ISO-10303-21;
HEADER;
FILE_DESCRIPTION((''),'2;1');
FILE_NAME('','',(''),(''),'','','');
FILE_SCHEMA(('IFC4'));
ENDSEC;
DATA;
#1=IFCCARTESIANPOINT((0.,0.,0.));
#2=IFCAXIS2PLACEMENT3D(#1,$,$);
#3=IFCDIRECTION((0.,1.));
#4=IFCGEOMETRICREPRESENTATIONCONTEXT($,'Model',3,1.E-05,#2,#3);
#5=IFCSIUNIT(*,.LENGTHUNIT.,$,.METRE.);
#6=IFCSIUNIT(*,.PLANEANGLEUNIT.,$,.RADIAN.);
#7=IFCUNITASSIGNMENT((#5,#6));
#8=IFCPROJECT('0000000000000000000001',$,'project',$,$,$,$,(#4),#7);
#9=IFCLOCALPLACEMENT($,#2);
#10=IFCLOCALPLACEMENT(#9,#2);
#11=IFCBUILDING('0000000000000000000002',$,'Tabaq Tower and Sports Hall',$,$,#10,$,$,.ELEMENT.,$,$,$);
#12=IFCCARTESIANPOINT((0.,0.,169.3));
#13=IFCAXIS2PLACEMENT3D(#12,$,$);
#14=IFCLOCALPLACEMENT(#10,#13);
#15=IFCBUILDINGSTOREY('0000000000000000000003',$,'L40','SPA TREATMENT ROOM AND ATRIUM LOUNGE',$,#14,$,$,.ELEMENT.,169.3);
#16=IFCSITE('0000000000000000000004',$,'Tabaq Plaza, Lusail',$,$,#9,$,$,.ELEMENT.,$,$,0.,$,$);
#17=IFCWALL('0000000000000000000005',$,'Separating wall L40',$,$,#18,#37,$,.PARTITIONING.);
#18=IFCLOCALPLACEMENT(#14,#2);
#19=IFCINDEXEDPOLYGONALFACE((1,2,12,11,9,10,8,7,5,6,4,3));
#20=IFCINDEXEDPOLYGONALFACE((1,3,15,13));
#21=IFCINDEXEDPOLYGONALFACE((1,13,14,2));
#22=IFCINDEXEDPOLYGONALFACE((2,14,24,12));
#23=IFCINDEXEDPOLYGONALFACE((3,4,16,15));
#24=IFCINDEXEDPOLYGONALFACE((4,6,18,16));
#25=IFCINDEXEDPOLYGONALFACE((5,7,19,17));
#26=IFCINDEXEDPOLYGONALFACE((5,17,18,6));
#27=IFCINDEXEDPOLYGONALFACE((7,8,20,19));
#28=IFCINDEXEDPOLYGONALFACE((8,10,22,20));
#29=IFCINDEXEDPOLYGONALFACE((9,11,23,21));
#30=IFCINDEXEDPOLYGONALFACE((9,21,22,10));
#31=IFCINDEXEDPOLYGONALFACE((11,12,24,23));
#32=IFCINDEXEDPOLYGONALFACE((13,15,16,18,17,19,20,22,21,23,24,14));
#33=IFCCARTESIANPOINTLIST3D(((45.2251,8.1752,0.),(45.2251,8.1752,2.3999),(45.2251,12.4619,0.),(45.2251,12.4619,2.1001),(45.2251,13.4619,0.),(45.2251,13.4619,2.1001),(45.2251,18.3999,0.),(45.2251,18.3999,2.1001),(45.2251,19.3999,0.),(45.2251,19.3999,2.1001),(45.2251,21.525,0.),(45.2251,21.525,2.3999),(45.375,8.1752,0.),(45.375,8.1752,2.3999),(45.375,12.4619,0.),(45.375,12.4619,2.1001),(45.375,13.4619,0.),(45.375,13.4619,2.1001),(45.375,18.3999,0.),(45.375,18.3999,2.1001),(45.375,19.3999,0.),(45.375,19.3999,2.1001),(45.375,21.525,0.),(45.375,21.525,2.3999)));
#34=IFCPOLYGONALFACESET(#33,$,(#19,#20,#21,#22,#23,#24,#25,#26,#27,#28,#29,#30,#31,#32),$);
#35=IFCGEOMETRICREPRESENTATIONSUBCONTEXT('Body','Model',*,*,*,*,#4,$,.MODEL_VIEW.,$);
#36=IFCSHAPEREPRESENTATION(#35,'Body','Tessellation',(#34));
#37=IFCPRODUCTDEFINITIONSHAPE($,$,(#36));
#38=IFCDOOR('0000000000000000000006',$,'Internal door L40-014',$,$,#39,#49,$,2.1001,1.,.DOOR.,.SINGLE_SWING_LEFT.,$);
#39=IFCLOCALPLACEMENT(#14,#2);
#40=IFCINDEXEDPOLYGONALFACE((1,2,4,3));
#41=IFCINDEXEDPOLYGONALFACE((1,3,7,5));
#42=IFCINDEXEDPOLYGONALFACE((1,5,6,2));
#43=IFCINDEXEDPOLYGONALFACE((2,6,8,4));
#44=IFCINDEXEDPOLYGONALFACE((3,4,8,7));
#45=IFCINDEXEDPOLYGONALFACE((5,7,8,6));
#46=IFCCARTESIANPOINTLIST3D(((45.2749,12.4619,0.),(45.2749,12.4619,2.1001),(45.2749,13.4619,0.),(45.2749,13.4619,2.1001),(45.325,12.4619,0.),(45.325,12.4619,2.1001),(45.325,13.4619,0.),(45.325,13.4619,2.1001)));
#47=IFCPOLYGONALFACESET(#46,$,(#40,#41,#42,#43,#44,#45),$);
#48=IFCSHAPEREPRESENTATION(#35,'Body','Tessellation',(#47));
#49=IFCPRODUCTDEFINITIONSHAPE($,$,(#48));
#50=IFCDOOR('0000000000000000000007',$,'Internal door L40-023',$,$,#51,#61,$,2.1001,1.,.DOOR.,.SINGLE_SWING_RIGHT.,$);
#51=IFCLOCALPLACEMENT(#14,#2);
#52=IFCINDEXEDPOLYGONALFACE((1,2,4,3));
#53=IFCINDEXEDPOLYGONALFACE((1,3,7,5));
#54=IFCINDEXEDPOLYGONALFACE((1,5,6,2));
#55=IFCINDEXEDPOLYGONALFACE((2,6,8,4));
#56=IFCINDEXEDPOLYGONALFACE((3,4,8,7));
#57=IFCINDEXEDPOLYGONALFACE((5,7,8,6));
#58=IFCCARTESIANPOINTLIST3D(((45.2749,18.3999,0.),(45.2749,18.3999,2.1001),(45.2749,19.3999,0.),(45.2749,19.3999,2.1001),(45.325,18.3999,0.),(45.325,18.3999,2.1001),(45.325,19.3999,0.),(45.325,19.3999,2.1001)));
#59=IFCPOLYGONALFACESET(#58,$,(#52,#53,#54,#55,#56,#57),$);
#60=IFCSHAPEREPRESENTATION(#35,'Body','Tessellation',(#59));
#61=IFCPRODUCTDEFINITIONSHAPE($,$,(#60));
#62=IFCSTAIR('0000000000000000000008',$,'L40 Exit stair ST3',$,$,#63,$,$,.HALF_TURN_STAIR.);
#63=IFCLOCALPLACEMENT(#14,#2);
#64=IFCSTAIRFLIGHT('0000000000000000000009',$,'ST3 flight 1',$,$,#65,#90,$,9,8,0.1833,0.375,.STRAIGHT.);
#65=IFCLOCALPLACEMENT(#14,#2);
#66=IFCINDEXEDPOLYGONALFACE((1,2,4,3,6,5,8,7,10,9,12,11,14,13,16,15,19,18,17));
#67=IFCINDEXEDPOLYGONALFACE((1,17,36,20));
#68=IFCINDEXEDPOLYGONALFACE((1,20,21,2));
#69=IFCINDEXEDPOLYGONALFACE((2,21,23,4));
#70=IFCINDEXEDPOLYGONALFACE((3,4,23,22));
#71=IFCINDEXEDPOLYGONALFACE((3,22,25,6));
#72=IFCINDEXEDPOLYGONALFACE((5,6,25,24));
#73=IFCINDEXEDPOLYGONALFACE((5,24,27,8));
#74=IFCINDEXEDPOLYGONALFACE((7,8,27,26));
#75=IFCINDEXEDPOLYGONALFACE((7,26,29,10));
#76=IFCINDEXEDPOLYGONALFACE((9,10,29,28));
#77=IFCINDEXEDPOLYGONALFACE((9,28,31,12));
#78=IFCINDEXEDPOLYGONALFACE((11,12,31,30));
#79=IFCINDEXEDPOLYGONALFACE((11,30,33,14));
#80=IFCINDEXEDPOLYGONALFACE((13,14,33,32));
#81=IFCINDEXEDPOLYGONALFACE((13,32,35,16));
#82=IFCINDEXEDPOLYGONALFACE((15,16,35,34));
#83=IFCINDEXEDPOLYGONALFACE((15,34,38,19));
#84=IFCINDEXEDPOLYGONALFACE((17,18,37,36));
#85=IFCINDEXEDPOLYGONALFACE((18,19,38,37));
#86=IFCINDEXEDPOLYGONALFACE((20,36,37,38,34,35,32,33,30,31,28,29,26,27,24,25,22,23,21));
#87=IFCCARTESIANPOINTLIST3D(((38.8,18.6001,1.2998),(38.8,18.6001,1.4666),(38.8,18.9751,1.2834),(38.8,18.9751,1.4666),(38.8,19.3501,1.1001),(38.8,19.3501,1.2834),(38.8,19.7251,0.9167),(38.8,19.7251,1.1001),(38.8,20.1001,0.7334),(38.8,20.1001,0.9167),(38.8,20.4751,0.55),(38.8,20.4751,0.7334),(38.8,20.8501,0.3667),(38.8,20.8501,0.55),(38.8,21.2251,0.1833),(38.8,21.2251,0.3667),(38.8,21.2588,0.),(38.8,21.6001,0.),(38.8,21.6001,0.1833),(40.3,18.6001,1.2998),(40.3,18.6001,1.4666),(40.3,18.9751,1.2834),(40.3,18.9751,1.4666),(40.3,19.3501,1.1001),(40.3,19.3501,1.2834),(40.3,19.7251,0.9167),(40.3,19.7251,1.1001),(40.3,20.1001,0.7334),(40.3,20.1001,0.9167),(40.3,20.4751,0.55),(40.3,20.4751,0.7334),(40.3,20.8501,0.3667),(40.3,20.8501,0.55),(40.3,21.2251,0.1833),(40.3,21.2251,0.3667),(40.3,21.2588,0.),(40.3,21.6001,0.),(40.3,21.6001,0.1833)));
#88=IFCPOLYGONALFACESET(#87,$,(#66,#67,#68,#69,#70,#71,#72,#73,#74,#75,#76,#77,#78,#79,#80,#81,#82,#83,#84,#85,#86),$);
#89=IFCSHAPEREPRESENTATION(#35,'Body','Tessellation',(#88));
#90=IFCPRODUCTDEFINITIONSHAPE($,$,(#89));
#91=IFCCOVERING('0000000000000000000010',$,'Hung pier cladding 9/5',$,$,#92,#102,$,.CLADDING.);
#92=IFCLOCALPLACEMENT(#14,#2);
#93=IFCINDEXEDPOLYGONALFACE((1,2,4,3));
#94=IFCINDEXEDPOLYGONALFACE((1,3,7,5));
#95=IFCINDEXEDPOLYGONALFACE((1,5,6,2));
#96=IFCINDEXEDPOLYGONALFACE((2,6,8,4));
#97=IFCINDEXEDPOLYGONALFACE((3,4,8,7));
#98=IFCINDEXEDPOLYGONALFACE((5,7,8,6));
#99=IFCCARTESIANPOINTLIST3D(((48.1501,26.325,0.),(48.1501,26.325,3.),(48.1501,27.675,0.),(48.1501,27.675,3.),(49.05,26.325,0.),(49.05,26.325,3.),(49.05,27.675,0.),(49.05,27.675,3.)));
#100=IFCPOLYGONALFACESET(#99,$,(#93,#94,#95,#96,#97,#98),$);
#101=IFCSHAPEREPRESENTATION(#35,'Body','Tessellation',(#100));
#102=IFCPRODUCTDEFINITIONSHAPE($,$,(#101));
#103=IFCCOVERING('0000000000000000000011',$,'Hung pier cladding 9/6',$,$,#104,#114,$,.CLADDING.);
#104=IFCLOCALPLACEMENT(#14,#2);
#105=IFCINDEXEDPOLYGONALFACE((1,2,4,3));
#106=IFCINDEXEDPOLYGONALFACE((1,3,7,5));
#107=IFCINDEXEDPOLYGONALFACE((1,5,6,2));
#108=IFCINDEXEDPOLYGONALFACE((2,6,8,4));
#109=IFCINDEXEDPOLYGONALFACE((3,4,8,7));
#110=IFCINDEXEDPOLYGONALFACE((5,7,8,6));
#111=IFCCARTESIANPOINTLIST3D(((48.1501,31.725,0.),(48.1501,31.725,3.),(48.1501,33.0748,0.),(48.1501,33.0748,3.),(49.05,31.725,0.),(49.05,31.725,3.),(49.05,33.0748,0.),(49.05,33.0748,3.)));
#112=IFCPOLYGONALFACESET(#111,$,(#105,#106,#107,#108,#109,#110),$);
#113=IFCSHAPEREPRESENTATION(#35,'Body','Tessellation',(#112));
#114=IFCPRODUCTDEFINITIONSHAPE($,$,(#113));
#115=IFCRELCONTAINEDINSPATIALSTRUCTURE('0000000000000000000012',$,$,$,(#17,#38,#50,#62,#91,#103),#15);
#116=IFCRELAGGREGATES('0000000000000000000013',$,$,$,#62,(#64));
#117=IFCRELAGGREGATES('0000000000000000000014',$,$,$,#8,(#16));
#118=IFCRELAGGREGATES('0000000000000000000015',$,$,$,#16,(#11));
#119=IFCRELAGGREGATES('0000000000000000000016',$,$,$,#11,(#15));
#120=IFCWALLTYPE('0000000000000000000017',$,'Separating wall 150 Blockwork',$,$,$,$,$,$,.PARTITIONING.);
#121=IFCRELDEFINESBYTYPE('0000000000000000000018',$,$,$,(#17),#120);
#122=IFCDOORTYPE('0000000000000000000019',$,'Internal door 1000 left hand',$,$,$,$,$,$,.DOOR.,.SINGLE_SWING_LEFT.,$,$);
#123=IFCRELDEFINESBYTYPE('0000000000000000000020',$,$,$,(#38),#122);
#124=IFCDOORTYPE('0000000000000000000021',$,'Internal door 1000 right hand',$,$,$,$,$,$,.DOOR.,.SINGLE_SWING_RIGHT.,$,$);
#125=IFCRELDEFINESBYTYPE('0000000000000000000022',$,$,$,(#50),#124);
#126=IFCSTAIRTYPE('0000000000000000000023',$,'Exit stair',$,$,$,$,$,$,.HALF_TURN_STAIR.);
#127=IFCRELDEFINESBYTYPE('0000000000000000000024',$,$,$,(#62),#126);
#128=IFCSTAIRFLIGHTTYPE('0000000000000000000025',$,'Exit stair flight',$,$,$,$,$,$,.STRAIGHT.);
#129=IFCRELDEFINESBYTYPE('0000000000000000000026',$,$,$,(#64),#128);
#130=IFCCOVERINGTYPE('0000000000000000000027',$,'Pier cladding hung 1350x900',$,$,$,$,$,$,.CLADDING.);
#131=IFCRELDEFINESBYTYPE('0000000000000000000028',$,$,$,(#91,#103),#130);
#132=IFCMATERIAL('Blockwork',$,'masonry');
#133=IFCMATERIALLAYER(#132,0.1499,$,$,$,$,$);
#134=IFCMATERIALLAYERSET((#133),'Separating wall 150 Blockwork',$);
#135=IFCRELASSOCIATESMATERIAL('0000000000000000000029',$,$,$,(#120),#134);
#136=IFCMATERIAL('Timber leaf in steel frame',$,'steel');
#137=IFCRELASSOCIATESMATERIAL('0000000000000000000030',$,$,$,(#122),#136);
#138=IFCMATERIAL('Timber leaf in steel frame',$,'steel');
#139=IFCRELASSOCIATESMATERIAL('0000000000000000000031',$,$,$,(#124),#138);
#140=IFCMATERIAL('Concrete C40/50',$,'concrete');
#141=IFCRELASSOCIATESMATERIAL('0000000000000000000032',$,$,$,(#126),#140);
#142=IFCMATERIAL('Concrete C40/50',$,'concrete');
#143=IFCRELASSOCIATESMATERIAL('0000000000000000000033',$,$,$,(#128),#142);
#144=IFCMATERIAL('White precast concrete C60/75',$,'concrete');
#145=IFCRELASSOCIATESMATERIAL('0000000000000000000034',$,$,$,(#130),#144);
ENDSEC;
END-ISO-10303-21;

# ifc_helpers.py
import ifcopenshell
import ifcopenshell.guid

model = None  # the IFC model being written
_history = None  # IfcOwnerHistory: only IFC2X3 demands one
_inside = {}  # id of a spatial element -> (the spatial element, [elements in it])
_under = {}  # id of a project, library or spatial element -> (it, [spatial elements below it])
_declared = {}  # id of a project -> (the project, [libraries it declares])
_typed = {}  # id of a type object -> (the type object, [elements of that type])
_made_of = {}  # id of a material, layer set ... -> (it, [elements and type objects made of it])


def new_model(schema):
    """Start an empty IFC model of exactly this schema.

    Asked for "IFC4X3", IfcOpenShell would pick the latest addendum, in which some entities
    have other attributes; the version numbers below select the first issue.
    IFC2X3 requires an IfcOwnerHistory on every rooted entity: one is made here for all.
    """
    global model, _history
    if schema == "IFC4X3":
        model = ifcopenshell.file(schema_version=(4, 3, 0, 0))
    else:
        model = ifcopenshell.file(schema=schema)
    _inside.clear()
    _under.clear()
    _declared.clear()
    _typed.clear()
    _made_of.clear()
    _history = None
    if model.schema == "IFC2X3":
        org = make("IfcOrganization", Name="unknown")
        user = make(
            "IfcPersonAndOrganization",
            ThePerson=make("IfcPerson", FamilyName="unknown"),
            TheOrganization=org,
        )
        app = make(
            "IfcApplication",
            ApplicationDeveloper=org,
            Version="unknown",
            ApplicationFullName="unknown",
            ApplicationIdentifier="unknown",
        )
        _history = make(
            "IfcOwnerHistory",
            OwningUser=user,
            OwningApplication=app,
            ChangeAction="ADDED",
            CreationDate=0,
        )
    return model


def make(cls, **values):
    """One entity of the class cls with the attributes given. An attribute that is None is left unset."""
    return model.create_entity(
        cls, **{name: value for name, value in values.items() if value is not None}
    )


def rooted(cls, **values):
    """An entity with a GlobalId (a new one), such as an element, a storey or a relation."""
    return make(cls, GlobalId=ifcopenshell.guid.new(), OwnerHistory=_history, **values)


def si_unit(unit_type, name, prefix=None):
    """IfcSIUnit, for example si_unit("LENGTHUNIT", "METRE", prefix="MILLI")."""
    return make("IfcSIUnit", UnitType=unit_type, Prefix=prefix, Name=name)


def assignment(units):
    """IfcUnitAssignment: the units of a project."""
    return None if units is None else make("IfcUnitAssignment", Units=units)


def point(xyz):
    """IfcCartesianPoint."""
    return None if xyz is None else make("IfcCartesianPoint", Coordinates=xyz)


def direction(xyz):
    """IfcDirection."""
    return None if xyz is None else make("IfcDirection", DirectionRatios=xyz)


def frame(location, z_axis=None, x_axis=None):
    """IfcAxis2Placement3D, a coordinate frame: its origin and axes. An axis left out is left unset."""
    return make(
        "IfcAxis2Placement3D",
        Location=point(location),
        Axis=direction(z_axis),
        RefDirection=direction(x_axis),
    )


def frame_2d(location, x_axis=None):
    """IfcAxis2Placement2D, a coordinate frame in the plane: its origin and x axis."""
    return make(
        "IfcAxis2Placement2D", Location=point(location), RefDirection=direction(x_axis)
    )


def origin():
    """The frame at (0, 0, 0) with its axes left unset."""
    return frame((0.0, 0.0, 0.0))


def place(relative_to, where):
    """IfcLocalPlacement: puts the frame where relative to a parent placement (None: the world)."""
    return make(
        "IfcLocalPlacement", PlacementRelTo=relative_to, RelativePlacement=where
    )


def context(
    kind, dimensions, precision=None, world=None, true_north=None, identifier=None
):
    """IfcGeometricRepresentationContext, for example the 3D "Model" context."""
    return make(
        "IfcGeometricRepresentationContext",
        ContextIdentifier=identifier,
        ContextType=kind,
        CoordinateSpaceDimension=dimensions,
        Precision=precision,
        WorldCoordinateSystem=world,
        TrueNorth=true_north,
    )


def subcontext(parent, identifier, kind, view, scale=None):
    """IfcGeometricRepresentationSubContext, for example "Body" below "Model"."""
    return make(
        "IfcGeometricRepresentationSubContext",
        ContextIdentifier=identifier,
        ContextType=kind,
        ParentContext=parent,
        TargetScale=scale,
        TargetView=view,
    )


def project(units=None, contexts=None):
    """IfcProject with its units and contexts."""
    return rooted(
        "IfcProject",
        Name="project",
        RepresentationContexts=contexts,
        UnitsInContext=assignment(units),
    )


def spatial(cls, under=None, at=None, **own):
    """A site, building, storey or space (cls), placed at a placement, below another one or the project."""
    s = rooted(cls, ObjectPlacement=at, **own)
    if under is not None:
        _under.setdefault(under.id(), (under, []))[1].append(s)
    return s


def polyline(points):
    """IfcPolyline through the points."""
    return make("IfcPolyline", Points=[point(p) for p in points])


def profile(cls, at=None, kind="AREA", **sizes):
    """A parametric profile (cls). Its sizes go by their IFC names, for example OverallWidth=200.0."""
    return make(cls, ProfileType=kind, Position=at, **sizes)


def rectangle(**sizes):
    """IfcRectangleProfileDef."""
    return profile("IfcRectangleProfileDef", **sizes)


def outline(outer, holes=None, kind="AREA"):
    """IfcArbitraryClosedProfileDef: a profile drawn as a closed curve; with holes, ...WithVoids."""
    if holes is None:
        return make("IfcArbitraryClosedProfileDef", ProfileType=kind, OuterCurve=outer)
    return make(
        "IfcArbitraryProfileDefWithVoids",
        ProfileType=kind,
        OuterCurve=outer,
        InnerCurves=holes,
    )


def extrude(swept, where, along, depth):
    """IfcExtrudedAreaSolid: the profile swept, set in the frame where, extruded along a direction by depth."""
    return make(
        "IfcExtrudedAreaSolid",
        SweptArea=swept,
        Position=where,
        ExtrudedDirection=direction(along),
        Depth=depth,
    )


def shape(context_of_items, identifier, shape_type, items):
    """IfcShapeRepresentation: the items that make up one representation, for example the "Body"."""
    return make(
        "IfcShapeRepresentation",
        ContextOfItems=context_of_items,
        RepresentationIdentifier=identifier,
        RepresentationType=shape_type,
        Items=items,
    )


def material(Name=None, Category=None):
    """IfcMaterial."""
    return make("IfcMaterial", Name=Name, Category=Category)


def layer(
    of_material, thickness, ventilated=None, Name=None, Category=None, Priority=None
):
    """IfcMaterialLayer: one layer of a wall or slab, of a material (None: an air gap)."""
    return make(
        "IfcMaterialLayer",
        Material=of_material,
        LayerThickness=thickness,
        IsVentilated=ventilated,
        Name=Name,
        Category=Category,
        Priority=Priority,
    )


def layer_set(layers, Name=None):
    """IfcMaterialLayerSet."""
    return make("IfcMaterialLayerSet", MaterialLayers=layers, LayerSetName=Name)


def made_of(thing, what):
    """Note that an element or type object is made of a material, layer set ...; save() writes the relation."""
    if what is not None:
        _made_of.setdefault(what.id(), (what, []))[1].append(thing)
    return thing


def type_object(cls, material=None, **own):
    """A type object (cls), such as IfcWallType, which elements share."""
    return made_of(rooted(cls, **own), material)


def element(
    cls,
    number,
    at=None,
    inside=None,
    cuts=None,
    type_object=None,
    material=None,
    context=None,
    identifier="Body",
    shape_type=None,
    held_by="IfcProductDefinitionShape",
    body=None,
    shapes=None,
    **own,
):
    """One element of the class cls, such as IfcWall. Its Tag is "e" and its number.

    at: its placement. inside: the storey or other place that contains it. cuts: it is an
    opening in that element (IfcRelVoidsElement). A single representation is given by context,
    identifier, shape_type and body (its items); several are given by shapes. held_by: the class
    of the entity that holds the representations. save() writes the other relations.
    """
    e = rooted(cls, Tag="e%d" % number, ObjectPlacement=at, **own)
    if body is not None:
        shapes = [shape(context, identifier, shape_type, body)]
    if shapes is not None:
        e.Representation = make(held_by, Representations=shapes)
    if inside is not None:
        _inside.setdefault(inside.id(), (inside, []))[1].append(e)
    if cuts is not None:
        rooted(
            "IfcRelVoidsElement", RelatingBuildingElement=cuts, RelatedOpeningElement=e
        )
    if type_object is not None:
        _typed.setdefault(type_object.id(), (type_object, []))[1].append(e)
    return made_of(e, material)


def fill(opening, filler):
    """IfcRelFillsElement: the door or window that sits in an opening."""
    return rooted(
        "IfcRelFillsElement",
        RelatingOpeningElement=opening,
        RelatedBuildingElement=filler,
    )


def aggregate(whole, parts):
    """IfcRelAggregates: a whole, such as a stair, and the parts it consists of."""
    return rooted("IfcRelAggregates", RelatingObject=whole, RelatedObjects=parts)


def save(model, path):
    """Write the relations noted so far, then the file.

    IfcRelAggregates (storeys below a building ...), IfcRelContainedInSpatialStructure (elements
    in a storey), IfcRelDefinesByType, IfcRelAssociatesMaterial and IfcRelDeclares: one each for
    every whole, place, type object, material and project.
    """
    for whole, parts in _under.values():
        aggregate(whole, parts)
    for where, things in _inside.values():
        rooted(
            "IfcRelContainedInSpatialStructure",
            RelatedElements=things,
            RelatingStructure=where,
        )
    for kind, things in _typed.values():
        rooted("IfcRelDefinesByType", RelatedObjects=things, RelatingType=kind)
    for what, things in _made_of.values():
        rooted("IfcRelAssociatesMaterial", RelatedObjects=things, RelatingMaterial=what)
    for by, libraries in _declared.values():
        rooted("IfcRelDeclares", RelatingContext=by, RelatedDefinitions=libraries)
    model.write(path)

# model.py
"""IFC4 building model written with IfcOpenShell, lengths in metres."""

from ifc_helpers import new_model, si_unit, direction, frame, frame_2d, origin, place, context, subcontext, project, spatial, polyline, rectangle, outline, extrude, material, layer, layer_set, type_object, element, fill, aggregate, save


model = new_model("IFC4")

# Units and contexts
model_context = context("Model", 3, precision=1e-05, world=origin(), true_north=direction((0.0, 1.0)))
body_context = subcontext(model_context, "Body", "Model", "MODEL_VIEW")
ifc_project = project(units=[si_unit("LENGTHUNIT", "METRE"), si_unit("PLANEANGLEUNIT", "RADIAN")], contexts=[model_context])

# Site, building, storey
site_placement = place(None, origin())
site = spatial("IfcSite", under=ifc_project, at=site_placement, Name="Tabaq Plaza, Lusail", CompositionType="ELEMENT", RefElevation=0.0)
building_placement = place(site_placement, origin())
building = spatial("IfcBuilding", under=site, at=building_placement, Name="Tabaq Tower and Sports Hall", CompositionType="ELEMENT")
storey_placement = place(building_placement, frame((0.0, 0.0, 169.3)))
storey = spatial("IfcBuildingStorey", under=building, at=storey_placement, Name="L40", Description="SPA TREATMENT ROOM AND ATRIUM LOUNGE", CompositionType="ELEMENT", Elevation=169.3)

# Shared definitions
ifc_material_1 = material(Name="Blockwork", Category="masonry")
ifc_layer_1 = layer(ifc_material_1, 0.1499)
ifc_layer_set_1 = layer_set([ifc_layer_1], Name="Separating wall 150 Blockwork")
wall_type_1 = type_object("IfcWallType", Name="Separating wall 150 Blockwork", PredefinedType="PARTITIONING", material=ifc_layer_set_1)

# Wall, openings, doors
wall_1_placement = place(storey_placement, frame((45.3, 21.5249, 0.0), z_axis=(0.0, 0.0, 1.0), x_axis=(0.0, -1.0, 0.0)))
wall_1 = element("IfcWall", 1, at=wall_1_placement, inside=storey, type_object=wall_type_1, Name="Separating wall L40", PredefinedType="PARTITIONING", context=body_context, shape_type="SweptSolid", body=[
    extrude(rectangle(XDim=13.3499, YDim=0.1499, at=frame_2d((6.6748, 0.0))), origin(), (0.0, 0.0, 1.0), 2.3999),
])
opening_1_placement = place(wall_1_placement, frame((8.063, 0.0, 0.0)))
opening_1 = element("IfcOpeningElement", 2, at=opening_1_placement, cuts=wall_1, PredefinedType="OPENING", context=body_context, shape_type="SweptSolid", body=[
    extrude(rectangle(XDim=1.0, YDim=2.1001, at=frame_2d((0.5, 1.05))), frame((0.0, 0.075, 0.0), z_axis=(0.0, -1.0, 0.0), x_axis=(1.0, 0.0, 0.0)), (0.0, 0.0, 1.0), 0.1499),
])
opening_2_placement = place(wall_1_placement, frame((2.125, 0.0, 0.0)))
opening_2 = element("IfcOpeningElement", 3, at=opening_2_placement, cuts=wall_1, PredefinedType="OPENING", context=body_context, shape_type="SweptSolid", body=[
    extrude(rectangle(XDim=1.0, YDim=2.1001, at=frame_2d((0.5, 1.05))), frame((0.0, 0.075, 0.0), z_axis=(0.0, -1.0, 0.0), x_axis=(1.0, 0.0, 0.0)), (0.0, 0.0, 1.0), 0.1499),
])
ifc_material_2 = material(Name="Timber leaf in steel frame", Category="steel")
door_type_1 = type_object("IfcDoorType", Name="Internal door 1000 left hand", OperationType="SINGLE_SWING_LEFT", PredefinedType="DOOR", material=ifc_material_2)
door_1_placement = place(opening_1_placement, origin())
door_1 = element("IfcDoor", 4, at=door_1_placement, inside=storey, type_object=door_type_1, Name="Internal door L40-014", OperationType="SINGLE_SWING_LEFT", OverallHeight=2.1001, OverallWidth=1.0, PredefinedType="DOOR", context=body_context, shape_type="SweptSolid", body=[
    extrude(rectangle(XDim=1.0, YDim=2.1001, at=frame_2d((0.5, 1.05))), frame((0.0, 0.0249, 0.0), z_axis=(0.0, -1.0, 0.0), x_axis=(1.0, 0.0, 0.0)), (0.0, 0.0, 1.0), 0.05),
])
fill(opening_1, door_1)
ifc_material_3 = material(Name="Timber leaf in steel frame", Category="steel")
door_type_2 = type_object("IfcDoorType", Name="Internal door 1000 right hand", OperationType="SINGLE_SWING_RIGHT", PredefinedType="DOOR", material=ifc_material_3)
door_2_placement = place(opening_2_placement, origin())
door_2 = element("IfcDoor", 5, at=door_2_placement, inside=storey, type_object=door_type_2, Name="Internal door L40-023", OperationType="SINGLE_SWING_RIGHT", OverallHeight=2.1001, OverallWidth=1.0, PredefinedType="DOOR", context=body_context, shape_type="SweptSolid", body=[
    extrude(rectangle(XDim=1.0, YDim=2.1001, at=frame_2d((0.5, 1.05))), frame((0.0, 0.0249, 0.0), z_axis=(0.0, -1.0, 0.0), x_axis=(1.0, 0.0, 0.0)), (0.0, 0.0, 1.0), 0.05),
])
fill(opening_2, door_2)

# Stair, stair flight
ifc_material_4 = material(Name="Concrete C40/50", Category="concrete")
stair_type = type_object("IfcStairType", Name="Exit stair", PredefinedType="HALF_TURN_STAIR", material=ifc_material_4)
stair_placement = place(storey_placement, origin())
stair = element("IfcStair", 6, at=stair_placement, inside=storey, type_object=stair_type, Name="L40 Exit stair ST3", PredefinedType="HALF_TURN_STAIR")
ifc_material_5 = material(Name="Concrete C40/50", Category="concrete")
stair_flight_type = type_object("IfcStairFlightType", Name="Exit stair flight", PredefinedType="STRAIGHT", material=ifc_material_5)
stair_flight_placement = place(storey_placement, frame((39.55, 21.6001, 0.0), z_axis=(0.0, 0.0, 1.0), x_axis=(0.0, -1.0, 0.0)))
stair_flight = element("IfcStairFlight", 7, at=stair_flight_placement, type_object=stair_flight_type, Name="ST3 flight 1", NumberOfRisers=9, NumberOfTreads=8, PredefinedType="STRAIGHT", RiserHeight=0.1833, TreadLength=0.375, context=body_context, shape_type="SweptSolid", body=[
    extrude(outline(polyline([(0.0, 0.0), (0.0, 0.1833), (0.375, 0.1833), (0.375, 0.3667), (0.75, 0.3667), (0.75, 0.55), (1.125, 0.55), (1.125, 0.7334), (1.5, 0.7334), (1.5, 0.9167), (1.875, 0.9167), (1.875, 1.1001), (2.25, 1.1001), (2.25, 1.2834), (2.625, 1.2834), (2.625, 1.4666), (3.0, 1.4666), (3.0, 1.6499), (3.0, 1.2998), (0.3413, 0.0), (0.0, 0.0)])), frame((0.0, 0.75, 0.0), z_axis=(0.0, -1.0, 0.0), x_axis=(1.0, 0.0, 0.0)), (0.0, 0.0, 1.0), 1.5),
])
aggregate(stair, [stair_flight])

# Coverings
ifc_material_6 = material(Name="White precast concrete C60/75", Category="concrete")
covering_type_1 = type_object("IfcCoveringType", Name="Pier cladding hung 1350x900", PredefinedType="CLADDING", material=ifc_material_6)
covering_1_placement = place(storey_placement, frame((48.6001, 26.325, 0.0), z_axis=(0.0, 0.0, 1.0), x_axis=(0.0, 1.0, 0.0)))
element("IfcCovering", 8, at=covering_1_placement, inside=storey, type_object=covering_type_1, Name="Hung pier cladding 9/5", PredefinedType="CLADDING", context=body_context, shape_type="SweptSolid", body=[
    extrude(rectangle(XDim=1.3501, YDim=0.8999, at=frame_2d((0.675, 0.0))), origin(), (0.0, 0.0, 1.0), 3.0),
])
covering_2_placement = place(storey_placement, frame((48.6001, 31.7251, 0.0), z_axis=(0.0, 0.0, 1.0), x_axis=(0.0, 1.0, 0.0)))
element("IfcCovering", 9, at=covering_2_placement, inside=storey, type_object=covering_type_1, Name="Hung pier cladding 9/6", PredefinedType="CLADDING", context=body_context, shape_type="SweptSolid", body=[
    extrude(rectangle(XDim=1.3499, YDim=0.8999, at=frame_2d((0.6748, 0.0))), origin(), (0.0, 0.0, 1.0), 3.0),
])

save(model, "model.ifc")
